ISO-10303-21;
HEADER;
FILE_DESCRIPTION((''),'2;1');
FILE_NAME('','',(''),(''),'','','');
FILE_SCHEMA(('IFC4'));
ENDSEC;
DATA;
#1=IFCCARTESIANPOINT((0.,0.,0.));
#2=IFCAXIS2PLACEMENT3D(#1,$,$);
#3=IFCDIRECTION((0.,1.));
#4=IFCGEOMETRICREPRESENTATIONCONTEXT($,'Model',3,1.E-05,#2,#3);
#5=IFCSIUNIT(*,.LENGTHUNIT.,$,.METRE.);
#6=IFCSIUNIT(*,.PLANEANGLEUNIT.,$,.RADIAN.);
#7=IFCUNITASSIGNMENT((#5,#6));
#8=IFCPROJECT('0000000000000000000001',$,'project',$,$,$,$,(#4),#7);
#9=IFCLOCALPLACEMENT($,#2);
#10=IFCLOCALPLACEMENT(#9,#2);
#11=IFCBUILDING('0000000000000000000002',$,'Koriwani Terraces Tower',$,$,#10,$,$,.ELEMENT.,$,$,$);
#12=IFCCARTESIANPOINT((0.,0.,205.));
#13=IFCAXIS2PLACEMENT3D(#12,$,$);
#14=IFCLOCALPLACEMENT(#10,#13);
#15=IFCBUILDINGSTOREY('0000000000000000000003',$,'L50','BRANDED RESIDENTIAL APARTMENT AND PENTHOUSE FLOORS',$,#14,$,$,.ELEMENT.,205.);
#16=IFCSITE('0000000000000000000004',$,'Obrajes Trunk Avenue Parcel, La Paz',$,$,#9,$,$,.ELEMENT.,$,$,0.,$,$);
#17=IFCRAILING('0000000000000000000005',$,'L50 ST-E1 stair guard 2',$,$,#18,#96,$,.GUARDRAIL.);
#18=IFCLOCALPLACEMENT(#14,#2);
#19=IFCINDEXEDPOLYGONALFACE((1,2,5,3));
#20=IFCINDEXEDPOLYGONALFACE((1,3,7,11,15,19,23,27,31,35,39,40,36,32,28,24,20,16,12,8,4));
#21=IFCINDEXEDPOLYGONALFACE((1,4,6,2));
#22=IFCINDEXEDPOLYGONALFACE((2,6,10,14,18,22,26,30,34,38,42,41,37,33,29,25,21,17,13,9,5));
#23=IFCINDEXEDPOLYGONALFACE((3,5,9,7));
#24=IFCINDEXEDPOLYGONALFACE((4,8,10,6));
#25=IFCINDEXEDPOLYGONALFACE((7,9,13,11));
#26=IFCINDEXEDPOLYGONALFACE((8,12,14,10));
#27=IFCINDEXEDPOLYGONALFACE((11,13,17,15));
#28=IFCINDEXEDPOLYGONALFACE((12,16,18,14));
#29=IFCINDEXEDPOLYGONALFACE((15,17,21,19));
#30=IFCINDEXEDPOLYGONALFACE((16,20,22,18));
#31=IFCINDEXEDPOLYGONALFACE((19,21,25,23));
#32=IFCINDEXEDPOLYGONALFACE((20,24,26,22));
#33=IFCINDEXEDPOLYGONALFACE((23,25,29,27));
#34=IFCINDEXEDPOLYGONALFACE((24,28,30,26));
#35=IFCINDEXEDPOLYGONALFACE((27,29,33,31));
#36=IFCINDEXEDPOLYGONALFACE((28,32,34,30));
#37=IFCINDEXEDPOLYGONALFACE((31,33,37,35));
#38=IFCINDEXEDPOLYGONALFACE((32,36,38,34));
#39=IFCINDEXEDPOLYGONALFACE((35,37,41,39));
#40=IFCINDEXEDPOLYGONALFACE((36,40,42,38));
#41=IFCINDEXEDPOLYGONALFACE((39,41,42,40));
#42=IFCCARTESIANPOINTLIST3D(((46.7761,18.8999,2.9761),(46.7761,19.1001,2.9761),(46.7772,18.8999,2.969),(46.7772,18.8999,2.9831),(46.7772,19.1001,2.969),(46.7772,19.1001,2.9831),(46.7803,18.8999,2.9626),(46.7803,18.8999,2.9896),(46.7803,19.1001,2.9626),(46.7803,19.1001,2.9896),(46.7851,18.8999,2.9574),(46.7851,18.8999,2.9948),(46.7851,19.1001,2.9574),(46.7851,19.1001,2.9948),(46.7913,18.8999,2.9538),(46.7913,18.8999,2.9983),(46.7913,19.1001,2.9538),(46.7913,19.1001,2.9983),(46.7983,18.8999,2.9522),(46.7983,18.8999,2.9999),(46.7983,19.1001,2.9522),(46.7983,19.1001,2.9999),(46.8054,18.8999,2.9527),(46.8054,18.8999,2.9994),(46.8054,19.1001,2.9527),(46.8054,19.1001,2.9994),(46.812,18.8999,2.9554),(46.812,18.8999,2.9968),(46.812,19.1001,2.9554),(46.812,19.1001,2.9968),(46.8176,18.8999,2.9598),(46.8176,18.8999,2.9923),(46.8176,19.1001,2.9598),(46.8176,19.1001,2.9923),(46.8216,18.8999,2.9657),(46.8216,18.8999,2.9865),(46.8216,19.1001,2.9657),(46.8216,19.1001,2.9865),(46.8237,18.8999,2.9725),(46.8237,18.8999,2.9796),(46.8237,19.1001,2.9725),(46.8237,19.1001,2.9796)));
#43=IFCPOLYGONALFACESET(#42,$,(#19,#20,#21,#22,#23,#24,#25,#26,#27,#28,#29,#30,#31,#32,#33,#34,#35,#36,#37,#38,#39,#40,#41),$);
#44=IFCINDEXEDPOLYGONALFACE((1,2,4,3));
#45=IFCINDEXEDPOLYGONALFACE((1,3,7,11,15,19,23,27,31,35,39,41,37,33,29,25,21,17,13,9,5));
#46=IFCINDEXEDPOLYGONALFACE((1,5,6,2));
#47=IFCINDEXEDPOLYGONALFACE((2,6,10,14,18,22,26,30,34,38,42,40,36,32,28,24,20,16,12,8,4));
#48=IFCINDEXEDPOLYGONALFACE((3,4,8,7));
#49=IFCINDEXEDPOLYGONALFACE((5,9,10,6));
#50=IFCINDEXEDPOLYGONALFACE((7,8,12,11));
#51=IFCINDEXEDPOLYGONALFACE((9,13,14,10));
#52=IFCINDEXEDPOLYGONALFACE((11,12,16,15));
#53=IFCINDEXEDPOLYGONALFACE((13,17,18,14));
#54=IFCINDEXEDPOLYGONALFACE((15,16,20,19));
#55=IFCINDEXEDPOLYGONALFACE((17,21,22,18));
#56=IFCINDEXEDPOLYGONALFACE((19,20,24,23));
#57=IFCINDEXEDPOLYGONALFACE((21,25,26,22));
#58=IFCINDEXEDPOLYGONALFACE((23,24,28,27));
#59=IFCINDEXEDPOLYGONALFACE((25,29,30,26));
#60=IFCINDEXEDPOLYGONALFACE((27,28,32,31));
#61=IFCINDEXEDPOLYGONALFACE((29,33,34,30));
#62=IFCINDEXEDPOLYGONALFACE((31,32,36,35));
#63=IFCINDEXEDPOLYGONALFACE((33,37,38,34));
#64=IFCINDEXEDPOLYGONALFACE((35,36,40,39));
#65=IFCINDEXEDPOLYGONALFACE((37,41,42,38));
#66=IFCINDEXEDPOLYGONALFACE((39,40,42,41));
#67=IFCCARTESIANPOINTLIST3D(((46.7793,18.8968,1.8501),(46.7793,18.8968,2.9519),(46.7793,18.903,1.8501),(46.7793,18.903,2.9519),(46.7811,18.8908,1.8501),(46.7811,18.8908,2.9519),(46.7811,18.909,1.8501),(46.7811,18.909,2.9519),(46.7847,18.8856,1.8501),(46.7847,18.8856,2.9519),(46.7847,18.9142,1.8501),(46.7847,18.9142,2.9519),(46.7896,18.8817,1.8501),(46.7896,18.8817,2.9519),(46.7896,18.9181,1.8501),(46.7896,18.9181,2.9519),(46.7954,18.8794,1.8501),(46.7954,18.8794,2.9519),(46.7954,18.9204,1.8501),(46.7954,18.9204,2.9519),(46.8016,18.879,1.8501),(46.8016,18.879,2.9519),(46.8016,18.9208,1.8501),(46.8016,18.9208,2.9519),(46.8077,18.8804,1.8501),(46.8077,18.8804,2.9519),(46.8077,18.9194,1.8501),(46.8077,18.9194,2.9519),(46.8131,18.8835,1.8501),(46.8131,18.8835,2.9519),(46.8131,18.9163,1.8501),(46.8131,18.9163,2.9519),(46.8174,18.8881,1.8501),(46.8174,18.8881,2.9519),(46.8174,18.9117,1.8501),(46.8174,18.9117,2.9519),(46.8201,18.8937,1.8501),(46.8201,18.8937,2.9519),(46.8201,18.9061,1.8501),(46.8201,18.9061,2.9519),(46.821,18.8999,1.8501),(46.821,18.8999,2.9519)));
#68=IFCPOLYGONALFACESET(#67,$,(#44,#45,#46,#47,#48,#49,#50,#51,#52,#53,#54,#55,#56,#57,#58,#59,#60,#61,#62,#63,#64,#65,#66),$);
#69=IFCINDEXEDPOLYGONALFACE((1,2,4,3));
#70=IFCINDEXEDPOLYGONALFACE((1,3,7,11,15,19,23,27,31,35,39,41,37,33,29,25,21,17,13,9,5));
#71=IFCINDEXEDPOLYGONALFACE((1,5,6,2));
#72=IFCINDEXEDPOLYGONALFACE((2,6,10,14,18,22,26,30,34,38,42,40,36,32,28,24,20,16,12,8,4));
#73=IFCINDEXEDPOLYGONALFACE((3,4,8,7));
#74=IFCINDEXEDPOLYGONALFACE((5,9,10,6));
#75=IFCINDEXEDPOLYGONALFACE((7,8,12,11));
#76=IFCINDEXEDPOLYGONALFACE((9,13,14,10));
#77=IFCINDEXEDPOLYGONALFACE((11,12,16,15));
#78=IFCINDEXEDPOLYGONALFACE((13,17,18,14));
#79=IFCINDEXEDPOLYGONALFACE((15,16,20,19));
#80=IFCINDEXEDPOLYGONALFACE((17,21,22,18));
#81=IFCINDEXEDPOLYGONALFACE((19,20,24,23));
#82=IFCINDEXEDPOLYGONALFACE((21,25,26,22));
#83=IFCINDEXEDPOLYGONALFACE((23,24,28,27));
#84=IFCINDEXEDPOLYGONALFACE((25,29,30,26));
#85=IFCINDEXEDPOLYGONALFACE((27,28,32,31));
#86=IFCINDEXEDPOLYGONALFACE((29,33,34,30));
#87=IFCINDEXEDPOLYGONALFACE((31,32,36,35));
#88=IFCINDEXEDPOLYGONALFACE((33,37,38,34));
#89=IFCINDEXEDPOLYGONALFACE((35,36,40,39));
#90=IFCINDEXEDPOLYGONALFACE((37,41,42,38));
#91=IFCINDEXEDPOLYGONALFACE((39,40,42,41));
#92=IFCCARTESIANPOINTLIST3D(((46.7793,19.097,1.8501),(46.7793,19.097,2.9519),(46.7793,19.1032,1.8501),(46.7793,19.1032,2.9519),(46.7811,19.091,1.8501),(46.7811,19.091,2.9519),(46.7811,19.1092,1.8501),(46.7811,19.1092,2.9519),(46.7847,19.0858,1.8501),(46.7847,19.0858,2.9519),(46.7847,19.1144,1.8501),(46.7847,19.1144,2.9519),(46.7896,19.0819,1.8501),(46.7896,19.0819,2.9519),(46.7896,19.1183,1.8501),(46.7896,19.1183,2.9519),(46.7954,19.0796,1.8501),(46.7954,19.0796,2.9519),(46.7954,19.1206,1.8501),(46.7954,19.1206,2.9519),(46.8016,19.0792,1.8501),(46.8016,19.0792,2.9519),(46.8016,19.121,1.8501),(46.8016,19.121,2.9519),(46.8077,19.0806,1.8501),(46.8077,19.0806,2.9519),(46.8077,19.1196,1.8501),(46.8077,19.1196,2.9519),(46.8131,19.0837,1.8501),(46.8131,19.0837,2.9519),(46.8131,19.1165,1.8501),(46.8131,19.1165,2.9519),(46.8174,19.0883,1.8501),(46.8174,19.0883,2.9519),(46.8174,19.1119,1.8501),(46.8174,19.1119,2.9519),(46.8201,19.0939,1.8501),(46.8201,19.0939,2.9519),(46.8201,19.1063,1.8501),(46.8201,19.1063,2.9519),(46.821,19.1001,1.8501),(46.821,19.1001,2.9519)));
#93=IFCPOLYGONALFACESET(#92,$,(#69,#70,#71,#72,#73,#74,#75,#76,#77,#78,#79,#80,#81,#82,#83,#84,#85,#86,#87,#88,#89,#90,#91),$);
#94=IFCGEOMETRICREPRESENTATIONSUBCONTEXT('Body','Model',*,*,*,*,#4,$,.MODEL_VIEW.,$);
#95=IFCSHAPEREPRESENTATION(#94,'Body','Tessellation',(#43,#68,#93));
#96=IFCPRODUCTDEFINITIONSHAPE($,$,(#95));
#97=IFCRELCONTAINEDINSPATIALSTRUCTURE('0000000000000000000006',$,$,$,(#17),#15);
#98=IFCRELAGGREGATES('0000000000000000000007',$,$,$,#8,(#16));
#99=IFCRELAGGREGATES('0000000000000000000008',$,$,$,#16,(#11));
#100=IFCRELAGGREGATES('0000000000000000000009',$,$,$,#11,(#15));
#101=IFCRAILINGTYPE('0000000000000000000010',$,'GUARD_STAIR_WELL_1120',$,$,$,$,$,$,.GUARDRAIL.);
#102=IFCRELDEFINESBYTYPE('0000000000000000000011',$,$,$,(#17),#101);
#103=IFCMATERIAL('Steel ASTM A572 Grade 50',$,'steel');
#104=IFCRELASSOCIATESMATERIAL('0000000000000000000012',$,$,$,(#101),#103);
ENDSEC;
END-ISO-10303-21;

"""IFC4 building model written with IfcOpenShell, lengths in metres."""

from ifc_helpers import new_model, si_unit, direction, frame, origin, origin_2d, place, context, subcontext, project, spatial, circle, extrude, material, type_object, element, save


model = new_model("IFC4")

# Units and contexts
model_context = context("Model", 3, precision=1e-05, world=origin(), true_north=direction((0.0, 1.0)))
body_context = subcontext(model_context, "Body", "Model", "MODEL_VIEW")
ifc_project = project(units=[si_unit("LENGTHUNIT", "METRE"), si_unit("PLANEANGLEUNIT", "RADIAN")], contexts=[model_context])

# Site, building, storey
site_placement = place(None, origin())
site = spatial("IfcSite", under=ifc_project, at=site_placement, Name="Obrajes Trunk Avenue Parcel, La Paz", CompositionType="ELEMENT", RefElevation=0.0)
building_placement = place(site_placement, origin())
building = spatial("IfcBuilding", under=site, at=building_placement, Name="Koriwani Terraces Tower", CompositionType="ELEMENT")
storey_placement = place(building_placement, frame((0.0, 0.0, 205.0)))
storey = spatial("IfcBuildingStorey", under=building, at=storey_placement, Name="L50", Description="BRANDED RESIDENTIAL APARTMENT AND PENTHOUSE FLOORS", CompositionType="ELEMENT", Elevation=205.0)

# Shared definitions
ifc_material_1 = material(Name="Steel ASTM A572 Grade 50", Category="steel")

# Railing
railing_type_1 = type_object("IfcRailingType", Name="GUARD_STAIR_WELL_1120", PredefinedType="GUARDRAIL", material=ifc_material_1)
railing_1_placement = place(storey_placement, frame((46.8, 18.8999, 1.8501)))
element("IfcRailing", 1, at=railing_1_placement, inside=storey, type_object=railing_type_1, Name="L50 ST-E1 stair guard 2", PredefinedType="GUARDRAIL", context=body_context, shape_type="SweptSolid", body=[
    extrude(circle(Radius=0.0239, at=origin_2d()), frame((0.0, 0.0, 1.126), z_axis=(0.0, 1.0, 0.0), x_axis=(-1.0, 0.0, 0.0)), (0.0, 0.0, 1.0), 0.2002),
    extrude(circle(Radius=0.021, at=origin_2d()), origin(), (0.0, 0.0, 1.0), 1.1018),
    extrude(circle(Radius=0.021, at=origin_2d()), frame((0.0, 0.2002, 0.0)), (0.0, 0.0, 1.0), 1.1018),
])

save(model, "model.ifc")
